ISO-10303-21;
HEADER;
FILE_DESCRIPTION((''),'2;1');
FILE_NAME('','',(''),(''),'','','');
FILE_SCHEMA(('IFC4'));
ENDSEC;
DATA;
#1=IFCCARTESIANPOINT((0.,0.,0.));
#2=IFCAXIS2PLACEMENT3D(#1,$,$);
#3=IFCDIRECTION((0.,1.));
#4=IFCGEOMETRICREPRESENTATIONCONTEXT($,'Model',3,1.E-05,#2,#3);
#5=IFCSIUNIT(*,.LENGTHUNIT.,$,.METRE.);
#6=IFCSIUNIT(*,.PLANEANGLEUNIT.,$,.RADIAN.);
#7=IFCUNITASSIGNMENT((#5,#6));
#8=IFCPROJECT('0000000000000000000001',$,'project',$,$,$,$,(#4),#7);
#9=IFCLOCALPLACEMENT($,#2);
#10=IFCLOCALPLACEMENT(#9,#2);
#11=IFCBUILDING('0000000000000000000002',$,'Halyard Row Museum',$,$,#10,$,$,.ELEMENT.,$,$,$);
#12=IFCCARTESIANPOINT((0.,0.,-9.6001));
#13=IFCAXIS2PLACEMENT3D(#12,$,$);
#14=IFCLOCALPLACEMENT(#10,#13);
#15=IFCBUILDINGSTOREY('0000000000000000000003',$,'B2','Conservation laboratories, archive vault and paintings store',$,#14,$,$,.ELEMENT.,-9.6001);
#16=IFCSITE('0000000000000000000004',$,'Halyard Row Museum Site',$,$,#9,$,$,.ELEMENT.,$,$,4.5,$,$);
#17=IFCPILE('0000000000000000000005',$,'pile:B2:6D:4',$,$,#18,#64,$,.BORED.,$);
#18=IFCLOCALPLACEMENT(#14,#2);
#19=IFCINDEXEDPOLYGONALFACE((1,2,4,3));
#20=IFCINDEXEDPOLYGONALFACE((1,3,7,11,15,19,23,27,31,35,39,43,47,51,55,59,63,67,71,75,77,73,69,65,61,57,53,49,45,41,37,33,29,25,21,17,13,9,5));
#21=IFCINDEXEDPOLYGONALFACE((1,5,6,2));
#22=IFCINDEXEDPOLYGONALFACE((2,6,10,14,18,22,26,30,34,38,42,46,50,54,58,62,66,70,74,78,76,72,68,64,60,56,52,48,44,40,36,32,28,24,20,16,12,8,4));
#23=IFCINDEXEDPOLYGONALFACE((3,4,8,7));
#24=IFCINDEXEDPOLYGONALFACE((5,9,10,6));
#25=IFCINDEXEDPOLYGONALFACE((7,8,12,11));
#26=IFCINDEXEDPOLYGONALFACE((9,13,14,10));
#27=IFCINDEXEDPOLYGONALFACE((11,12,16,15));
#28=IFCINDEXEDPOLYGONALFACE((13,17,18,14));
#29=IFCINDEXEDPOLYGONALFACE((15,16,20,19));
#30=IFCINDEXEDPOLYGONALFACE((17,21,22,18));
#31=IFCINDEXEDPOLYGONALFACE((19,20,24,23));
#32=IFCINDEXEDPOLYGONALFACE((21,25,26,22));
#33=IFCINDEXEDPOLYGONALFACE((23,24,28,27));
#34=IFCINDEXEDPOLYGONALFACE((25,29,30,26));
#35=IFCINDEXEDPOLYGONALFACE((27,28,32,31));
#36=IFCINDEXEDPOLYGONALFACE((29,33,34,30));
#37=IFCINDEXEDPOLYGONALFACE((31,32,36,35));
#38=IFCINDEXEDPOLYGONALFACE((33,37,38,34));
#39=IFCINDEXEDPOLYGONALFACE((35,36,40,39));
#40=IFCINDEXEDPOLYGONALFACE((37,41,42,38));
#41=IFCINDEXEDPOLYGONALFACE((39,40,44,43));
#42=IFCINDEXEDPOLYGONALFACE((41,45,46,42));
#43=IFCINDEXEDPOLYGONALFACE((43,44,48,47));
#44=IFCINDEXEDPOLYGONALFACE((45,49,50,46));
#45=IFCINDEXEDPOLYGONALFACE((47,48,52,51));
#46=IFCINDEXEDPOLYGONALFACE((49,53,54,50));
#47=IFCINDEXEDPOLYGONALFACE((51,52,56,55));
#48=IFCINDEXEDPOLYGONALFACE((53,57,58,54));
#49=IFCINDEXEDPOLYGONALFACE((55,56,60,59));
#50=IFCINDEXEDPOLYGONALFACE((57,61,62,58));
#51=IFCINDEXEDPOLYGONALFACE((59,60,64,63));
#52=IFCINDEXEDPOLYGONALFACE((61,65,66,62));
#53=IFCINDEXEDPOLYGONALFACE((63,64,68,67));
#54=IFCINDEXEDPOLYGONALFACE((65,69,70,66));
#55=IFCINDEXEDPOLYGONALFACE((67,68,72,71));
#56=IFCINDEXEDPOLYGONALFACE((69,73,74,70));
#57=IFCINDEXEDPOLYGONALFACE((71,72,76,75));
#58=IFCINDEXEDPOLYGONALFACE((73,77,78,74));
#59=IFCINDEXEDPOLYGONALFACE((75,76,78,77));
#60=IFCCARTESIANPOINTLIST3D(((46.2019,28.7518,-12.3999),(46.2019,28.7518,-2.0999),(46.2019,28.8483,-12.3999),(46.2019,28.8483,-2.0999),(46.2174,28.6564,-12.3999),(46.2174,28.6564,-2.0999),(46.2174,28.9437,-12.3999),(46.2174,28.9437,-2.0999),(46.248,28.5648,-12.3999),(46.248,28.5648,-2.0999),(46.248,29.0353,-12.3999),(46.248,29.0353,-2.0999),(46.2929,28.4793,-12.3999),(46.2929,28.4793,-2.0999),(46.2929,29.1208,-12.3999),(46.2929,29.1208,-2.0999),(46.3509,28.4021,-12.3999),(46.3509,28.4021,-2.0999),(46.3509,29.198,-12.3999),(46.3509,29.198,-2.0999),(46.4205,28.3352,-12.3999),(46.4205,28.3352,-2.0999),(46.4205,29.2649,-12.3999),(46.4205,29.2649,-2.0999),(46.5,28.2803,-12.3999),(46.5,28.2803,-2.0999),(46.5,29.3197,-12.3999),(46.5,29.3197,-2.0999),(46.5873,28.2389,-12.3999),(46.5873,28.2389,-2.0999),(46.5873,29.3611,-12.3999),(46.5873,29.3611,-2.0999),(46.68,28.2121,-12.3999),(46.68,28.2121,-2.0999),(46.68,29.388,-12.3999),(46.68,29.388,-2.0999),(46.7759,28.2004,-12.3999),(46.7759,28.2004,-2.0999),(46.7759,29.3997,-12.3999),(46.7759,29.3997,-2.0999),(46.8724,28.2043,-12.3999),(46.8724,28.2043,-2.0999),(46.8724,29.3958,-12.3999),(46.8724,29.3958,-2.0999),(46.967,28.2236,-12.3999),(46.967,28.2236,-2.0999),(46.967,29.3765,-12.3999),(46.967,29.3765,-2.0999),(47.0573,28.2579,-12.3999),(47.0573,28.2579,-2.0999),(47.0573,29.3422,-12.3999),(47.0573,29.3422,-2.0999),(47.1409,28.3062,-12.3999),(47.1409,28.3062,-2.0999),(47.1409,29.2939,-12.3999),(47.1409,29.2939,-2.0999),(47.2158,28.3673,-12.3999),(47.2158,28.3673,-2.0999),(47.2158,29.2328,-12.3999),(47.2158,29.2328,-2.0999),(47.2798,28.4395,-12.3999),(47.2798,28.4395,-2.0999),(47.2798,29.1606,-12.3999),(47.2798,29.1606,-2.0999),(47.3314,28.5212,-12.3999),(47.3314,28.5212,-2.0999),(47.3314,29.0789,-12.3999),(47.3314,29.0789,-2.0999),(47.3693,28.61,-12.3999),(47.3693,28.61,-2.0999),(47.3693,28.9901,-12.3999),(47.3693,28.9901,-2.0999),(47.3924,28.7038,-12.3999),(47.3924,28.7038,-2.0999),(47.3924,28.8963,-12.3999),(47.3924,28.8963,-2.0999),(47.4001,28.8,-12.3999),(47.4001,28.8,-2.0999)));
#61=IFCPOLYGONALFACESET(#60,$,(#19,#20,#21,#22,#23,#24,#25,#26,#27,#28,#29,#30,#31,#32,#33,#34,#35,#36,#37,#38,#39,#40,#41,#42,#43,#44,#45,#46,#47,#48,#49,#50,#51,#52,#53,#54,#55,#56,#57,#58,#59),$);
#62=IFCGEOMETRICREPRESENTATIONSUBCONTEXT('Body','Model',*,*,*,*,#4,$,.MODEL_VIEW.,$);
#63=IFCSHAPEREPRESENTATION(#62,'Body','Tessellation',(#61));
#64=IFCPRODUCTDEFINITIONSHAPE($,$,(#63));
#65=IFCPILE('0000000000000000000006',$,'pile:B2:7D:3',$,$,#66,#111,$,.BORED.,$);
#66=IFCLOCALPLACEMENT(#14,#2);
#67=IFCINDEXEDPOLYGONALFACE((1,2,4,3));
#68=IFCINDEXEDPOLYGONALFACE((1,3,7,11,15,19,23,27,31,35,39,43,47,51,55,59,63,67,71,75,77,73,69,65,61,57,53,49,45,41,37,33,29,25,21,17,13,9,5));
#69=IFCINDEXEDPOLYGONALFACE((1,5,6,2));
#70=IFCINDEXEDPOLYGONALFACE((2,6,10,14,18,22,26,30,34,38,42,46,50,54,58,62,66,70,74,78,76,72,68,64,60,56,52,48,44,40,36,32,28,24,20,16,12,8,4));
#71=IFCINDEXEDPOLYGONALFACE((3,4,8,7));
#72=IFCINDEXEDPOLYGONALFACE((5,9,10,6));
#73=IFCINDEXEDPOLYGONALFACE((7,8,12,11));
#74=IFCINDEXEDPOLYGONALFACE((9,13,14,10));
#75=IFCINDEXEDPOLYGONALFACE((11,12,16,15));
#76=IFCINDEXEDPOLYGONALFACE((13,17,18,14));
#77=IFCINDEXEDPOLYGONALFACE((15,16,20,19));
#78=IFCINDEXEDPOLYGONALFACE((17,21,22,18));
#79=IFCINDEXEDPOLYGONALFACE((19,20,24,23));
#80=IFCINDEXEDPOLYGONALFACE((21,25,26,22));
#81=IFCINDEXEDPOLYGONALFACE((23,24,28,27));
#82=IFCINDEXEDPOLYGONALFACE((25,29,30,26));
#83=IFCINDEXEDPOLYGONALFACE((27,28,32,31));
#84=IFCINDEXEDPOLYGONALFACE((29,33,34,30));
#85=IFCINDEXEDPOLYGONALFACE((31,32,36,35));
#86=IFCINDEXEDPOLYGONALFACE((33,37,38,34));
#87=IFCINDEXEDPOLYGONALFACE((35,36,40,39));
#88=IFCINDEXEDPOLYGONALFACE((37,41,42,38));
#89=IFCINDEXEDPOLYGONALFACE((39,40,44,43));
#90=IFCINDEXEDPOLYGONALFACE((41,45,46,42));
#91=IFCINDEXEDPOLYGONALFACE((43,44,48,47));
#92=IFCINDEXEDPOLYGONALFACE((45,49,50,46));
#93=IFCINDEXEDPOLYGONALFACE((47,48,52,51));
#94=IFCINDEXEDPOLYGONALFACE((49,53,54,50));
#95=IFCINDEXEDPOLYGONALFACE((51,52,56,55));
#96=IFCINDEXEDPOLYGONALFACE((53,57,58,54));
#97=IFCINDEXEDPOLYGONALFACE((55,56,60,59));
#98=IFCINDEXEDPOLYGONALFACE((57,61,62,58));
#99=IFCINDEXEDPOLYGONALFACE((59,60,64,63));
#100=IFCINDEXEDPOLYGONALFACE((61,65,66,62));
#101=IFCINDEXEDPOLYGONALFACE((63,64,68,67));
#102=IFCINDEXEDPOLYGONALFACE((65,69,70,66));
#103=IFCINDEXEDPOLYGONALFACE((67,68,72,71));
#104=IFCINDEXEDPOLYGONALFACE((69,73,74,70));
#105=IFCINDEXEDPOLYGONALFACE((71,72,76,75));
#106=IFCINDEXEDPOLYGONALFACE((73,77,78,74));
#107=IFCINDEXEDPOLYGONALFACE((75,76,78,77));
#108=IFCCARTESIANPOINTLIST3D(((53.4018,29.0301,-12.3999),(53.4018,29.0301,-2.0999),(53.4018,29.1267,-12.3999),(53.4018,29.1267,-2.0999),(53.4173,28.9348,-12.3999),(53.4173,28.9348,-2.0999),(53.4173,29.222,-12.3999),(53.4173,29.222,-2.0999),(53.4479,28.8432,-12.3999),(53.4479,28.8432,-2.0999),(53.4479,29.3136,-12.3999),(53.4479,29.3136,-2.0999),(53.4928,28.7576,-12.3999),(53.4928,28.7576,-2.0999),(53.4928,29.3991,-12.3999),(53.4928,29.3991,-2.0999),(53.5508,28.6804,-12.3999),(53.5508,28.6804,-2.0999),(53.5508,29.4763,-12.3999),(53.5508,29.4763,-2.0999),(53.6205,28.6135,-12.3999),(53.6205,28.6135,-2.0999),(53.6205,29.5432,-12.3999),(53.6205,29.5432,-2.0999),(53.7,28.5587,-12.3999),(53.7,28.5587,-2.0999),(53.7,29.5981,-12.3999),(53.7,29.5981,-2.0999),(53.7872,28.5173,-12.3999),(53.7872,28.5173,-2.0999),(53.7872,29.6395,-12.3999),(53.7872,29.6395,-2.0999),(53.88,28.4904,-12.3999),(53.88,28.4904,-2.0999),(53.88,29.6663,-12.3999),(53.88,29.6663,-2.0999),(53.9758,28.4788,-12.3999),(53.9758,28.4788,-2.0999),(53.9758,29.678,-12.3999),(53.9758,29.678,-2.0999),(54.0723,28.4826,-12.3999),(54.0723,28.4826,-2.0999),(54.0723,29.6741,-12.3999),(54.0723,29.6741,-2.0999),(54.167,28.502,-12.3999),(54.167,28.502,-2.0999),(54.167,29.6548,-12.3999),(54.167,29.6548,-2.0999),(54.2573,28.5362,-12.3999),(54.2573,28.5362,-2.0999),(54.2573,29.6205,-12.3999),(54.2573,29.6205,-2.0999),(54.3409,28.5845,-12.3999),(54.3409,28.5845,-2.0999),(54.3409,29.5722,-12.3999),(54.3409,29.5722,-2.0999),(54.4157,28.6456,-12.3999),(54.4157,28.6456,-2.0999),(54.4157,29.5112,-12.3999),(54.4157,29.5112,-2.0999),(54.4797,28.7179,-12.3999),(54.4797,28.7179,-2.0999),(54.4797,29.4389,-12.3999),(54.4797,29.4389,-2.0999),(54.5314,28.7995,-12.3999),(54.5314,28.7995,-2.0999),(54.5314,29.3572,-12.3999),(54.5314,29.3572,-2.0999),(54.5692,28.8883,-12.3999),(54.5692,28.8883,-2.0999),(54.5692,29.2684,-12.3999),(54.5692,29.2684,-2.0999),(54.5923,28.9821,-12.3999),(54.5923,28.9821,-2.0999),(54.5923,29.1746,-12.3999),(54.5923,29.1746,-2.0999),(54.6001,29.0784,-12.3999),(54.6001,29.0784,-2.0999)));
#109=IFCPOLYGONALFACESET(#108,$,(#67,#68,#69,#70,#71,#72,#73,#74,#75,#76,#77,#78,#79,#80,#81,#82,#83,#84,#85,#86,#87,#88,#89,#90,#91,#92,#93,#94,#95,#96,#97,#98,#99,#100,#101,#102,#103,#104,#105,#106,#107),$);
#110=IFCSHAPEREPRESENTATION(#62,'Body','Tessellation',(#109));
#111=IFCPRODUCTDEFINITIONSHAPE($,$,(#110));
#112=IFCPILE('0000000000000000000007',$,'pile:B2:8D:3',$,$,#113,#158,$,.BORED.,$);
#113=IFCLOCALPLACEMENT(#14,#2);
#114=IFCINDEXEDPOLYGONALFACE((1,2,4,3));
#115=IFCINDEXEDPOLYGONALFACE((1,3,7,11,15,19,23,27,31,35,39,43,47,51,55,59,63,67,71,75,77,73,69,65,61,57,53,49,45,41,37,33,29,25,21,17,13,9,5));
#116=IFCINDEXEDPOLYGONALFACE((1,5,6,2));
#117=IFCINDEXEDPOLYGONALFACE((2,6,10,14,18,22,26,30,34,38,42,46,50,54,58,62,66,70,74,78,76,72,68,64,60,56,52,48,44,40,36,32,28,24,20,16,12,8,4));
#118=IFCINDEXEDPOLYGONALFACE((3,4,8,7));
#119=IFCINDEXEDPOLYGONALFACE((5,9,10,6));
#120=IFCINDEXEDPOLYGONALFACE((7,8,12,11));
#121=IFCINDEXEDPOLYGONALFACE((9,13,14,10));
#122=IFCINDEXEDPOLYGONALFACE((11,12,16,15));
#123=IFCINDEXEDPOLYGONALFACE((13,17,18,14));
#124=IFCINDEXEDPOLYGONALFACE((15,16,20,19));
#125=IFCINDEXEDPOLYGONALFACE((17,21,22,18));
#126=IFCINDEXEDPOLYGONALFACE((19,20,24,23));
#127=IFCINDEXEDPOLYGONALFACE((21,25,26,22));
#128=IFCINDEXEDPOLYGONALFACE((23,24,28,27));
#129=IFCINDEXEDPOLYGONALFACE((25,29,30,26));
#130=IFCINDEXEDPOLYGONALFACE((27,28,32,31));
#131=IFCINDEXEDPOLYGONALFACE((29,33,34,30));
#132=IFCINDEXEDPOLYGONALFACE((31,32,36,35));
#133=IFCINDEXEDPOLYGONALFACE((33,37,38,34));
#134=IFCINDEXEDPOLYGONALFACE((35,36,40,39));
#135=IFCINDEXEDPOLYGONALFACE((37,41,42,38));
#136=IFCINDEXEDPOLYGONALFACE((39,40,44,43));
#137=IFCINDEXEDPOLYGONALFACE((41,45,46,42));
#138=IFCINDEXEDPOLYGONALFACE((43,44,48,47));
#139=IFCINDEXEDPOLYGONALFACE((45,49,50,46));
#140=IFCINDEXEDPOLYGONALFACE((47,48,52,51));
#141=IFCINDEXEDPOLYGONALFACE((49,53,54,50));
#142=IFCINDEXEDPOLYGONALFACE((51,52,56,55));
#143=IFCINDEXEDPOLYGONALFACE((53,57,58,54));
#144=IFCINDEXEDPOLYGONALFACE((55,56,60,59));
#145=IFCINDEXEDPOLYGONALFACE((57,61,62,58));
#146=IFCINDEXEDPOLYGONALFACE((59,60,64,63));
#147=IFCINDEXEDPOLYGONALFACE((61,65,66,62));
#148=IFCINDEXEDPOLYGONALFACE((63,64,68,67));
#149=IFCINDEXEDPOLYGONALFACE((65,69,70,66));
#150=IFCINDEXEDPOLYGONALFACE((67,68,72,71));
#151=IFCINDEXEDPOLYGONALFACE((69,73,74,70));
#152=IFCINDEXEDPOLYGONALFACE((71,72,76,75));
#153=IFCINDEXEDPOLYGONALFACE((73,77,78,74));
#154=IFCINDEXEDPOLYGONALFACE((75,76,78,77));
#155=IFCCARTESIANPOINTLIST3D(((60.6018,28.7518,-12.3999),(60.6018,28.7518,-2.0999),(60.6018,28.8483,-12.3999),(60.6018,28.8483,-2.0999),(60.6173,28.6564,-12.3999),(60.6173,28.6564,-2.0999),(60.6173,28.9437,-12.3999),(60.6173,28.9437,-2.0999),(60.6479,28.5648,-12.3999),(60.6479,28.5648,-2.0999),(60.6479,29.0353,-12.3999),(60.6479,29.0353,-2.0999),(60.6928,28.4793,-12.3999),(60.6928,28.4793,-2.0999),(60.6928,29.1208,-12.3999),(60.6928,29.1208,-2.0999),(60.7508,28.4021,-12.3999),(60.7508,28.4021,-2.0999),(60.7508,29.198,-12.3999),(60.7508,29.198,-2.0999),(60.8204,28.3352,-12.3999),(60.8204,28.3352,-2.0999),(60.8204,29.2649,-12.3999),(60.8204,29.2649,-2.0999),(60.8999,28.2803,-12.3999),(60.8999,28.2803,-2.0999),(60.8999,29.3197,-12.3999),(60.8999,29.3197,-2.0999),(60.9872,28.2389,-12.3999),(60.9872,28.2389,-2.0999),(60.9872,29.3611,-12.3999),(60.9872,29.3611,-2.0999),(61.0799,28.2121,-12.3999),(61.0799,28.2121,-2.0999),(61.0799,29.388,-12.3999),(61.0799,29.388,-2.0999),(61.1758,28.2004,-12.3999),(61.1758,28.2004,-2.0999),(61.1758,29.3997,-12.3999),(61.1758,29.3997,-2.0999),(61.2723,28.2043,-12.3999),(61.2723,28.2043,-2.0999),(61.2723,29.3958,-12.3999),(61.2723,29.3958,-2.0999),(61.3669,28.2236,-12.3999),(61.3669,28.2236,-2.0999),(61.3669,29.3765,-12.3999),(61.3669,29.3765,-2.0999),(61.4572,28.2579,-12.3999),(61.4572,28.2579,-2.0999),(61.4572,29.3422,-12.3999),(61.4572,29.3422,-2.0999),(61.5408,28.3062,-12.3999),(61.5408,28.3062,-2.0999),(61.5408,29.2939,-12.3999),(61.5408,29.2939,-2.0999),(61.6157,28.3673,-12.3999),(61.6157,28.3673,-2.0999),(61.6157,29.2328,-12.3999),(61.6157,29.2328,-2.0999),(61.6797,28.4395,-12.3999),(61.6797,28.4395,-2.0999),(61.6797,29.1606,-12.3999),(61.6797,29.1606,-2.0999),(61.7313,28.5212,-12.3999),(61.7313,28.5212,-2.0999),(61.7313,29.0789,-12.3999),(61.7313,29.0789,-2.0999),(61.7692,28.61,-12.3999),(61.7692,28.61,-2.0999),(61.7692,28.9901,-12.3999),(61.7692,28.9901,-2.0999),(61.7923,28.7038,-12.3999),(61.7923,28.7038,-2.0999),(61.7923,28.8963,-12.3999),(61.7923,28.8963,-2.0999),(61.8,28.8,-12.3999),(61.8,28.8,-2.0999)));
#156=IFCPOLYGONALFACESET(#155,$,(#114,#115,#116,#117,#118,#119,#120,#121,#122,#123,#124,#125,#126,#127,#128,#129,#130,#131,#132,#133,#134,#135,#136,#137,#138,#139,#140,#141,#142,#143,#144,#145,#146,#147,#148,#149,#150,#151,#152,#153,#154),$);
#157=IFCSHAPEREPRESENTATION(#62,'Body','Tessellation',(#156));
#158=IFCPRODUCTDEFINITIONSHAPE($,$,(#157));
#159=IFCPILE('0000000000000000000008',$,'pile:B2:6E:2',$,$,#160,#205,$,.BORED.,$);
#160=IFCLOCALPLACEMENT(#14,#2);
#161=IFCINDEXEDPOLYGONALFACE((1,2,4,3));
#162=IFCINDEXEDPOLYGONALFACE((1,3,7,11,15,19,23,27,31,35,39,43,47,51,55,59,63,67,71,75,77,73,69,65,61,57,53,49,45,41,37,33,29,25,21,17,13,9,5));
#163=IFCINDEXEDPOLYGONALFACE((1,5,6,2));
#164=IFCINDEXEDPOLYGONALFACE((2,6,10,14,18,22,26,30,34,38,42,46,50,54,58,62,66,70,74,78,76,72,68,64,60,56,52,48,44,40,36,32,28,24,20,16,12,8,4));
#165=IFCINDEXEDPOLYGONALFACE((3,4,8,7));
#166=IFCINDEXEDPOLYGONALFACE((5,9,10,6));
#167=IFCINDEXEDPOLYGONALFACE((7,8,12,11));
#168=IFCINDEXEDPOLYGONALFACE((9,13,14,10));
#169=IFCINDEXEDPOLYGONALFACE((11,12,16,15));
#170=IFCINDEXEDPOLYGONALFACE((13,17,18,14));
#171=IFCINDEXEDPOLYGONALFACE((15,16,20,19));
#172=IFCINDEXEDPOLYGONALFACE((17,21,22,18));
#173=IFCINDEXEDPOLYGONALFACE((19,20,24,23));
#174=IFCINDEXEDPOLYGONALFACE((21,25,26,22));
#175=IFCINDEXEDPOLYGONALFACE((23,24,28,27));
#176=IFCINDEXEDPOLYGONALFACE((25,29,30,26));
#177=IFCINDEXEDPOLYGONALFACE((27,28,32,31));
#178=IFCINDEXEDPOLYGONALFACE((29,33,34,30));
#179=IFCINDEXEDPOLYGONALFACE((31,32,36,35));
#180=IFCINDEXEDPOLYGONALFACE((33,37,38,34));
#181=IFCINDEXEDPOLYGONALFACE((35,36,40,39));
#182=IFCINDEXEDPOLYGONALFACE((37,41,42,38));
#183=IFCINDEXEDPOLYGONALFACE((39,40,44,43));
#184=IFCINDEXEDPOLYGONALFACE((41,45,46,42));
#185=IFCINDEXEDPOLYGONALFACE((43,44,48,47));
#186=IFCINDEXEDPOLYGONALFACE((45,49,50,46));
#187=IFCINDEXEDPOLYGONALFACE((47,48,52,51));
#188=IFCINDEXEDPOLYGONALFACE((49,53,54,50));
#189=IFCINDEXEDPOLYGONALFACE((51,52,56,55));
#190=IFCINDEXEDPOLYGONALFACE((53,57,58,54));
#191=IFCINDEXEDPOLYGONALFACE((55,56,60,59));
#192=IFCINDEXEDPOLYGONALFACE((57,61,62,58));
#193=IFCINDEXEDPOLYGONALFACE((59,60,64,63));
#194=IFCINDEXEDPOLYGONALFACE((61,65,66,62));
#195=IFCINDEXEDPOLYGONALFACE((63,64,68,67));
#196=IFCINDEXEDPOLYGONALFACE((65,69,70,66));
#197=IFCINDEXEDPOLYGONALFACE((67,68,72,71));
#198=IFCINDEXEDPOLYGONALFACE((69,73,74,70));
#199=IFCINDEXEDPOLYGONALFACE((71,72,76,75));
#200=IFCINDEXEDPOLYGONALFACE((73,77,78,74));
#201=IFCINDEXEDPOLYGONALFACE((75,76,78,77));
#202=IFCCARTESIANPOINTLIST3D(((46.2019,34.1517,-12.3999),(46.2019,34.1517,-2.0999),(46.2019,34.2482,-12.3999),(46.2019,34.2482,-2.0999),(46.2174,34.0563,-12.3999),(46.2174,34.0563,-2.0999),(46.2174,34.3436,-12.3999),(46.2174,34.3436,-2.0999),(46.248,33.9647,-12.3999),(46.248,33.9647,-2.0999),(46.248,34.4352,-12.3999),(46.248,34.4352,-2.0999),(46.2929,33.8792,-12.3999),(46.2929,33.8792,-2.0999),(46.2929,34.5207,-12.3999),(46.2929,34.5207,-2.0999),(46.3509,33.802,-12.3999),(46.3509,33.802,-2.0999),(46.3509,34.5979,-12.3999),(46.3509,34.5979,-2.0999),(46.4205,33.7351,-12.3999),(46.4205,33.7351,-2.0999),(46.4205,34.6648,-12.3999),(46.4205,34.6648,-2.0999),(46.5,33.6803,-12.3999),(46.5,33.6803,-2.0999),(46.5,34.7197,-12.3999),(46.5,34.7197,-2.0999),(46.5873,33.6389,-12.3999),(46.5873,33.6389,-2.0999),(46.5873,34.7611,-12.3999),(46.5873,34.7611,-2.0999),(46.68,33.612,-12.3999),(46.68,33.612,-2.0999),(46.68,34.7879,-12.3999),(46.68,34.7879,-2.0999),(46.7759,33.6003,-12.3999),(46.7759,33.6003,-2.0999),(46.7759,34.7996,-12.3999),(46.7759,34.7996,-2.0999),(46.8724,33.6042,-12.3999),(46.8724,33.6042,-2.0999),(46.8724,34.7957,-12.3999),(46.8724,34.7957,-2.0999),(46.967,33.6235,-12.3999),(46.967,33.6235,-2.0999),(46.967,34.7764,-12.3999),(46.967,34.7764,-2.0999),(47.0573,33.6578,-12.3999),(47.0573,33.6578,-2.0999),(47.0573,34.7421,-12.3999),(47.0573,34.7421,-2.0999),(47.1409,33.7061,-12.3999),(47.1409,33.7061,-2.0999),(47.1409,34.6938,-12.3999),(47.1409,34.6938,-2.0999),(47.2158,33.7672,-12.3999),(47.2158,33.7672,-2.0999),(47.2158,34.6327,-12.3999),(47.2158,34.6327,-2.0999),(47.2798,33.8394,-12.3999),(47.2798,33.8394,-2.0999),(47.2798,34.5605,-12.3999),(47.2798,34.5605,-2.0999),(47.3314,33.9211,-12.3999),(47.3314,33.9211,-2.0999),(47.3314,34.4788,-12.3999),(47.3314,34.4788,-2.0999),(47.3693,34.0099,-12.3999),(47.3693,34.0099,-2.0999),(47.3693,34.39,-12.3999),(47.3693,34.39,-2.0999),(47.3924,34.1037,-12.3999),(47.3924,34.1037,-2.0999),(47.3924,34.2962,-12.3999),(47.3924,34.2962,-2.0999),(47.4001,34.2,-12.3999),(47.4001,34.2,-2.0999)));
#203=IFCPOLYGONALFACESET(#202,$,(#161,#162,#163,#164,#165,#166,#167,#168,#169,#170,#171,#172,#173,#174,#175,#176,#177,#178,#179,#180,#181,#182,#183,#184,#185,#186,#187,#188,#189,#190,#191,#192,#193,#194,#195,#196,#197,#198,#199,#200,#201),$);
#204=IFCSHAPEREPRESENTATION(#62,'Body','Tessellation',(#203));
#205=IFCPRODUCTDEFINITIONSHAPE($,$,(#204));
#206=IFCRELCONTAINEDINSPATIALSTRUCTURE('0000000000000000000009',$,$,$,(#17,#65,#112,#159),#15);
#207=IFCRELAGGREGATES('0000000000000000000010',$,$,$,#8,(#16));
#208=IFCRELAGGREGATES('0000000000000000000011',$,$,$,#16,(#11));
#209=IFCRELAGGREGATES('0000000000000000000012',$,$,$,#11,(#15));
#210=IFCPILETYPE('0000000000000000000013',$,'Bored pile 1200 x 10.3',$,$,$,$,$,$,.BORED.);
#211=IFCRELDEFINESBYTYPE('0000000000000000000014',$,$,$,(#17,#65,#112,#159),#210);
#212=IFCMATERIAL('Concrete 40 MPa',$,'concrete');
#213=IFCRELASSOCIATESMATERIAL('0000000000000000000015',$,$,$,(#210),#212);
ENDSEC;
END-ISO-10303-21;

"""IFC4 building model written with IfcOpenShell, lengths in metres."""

from ifc_helpers import new_model, si_unit, direction, frame, origin, origin_2d, place, context, subcontext, project, spatial, circle, extrude, material, material_profile, profile_set, type_object, element, save


model = new_model("IFC4")

# Units and contexts
model_context = context("Model", 3, precision=1e-05, world=origin(), true_north=direction((0.0, 1.0)))
body_context = subcontext(model_context, "Body", "Model", "MODEL_VIEW")
ifc_project = project(units=[si_unit("LENGTHUNIT", "METRE"), si_unit("PLANEANGLEUNIT", "RADIAN")], contexts=[model_context])

# Site, building, storey
site_placement = place(None, origin())
site = spatial("IfcSite", under=ifc_project, at=site_placement, Name="Halyard Row Museum Site", CompositionType="ELEMENT", RefElevation=4.5)
building_placement = place(site_placement, origin())
building = spatial("IfcBuilding", under=site, at=building_placement, Name="Halyard Row Museum", CompositionType="ELEMENT")
storey_placement = place(building_placement, frame((0.0, 0.0, -9.6001)))
storey = spatial("IfcBuildingStorey", under=building, at=storey_placement, Name="B2", Description="Conservation laboratories, archive vault and paintings store", CompositionType="ELEMENT", Elevation=-9.6001)

# Piles
ifc_material_1 = material(Name="Concrete 40 MPa", Category="concrete")
ifc_material_profile_1 = material_profile(ifc_material_1, circle(Radius=0.6001, at=origin_2d()), Name="Bored pile 1200 x 10.3")
ifc_profile_set_1 = profile_set([ifc_material_profile_1], Name="Concrete 40 MPa")
pile_type_1 = type_object("IfcPileType", Name="Bored pile 1200 x 10.3", PredefinedType="BORED", material=ifc_profile_set_1)
for number, where, z_axis, x_axis, name in (
    (1, (46.8, 28.8, -2.0999), (0.0, 0.0, -1.0), (1.0, 0.0, 0.0), "pile:B2:6D:4"),
    (2, (54.0, 29.0784, -2.0999), (0.0, 0.0, -1.0), (1.0, 0.0, 0.0), "pile:B2:7D:3"),
    (3, (61.2, 28.8, -2.0999), (0.0, 0.0, -1.0), (1.0, 0.0, 0.0), "pile:B2:8D:3"),
    (4, (46.8, 34.2, -2.0999), (0.0, 0.0, -1.0), (1.0, 0.0, 0.0), "pile:B2:6E:2"),
):
    element("IfcPile", number, at=place(storey_placement, frame(where, z_axis=z_axis, x_axis=x_axis)), inside=storey, type_object=pile_type_1, Name=name, PredefinedType="BORED", context=body_context, shape_type="SweptSolid", body=[
        extrude(circle(Radius=0.6001, at=origin_2d()), origin(), (0.0, 0.0, 1.0), 10.3),
    ])

save(model, "model.ifc")
